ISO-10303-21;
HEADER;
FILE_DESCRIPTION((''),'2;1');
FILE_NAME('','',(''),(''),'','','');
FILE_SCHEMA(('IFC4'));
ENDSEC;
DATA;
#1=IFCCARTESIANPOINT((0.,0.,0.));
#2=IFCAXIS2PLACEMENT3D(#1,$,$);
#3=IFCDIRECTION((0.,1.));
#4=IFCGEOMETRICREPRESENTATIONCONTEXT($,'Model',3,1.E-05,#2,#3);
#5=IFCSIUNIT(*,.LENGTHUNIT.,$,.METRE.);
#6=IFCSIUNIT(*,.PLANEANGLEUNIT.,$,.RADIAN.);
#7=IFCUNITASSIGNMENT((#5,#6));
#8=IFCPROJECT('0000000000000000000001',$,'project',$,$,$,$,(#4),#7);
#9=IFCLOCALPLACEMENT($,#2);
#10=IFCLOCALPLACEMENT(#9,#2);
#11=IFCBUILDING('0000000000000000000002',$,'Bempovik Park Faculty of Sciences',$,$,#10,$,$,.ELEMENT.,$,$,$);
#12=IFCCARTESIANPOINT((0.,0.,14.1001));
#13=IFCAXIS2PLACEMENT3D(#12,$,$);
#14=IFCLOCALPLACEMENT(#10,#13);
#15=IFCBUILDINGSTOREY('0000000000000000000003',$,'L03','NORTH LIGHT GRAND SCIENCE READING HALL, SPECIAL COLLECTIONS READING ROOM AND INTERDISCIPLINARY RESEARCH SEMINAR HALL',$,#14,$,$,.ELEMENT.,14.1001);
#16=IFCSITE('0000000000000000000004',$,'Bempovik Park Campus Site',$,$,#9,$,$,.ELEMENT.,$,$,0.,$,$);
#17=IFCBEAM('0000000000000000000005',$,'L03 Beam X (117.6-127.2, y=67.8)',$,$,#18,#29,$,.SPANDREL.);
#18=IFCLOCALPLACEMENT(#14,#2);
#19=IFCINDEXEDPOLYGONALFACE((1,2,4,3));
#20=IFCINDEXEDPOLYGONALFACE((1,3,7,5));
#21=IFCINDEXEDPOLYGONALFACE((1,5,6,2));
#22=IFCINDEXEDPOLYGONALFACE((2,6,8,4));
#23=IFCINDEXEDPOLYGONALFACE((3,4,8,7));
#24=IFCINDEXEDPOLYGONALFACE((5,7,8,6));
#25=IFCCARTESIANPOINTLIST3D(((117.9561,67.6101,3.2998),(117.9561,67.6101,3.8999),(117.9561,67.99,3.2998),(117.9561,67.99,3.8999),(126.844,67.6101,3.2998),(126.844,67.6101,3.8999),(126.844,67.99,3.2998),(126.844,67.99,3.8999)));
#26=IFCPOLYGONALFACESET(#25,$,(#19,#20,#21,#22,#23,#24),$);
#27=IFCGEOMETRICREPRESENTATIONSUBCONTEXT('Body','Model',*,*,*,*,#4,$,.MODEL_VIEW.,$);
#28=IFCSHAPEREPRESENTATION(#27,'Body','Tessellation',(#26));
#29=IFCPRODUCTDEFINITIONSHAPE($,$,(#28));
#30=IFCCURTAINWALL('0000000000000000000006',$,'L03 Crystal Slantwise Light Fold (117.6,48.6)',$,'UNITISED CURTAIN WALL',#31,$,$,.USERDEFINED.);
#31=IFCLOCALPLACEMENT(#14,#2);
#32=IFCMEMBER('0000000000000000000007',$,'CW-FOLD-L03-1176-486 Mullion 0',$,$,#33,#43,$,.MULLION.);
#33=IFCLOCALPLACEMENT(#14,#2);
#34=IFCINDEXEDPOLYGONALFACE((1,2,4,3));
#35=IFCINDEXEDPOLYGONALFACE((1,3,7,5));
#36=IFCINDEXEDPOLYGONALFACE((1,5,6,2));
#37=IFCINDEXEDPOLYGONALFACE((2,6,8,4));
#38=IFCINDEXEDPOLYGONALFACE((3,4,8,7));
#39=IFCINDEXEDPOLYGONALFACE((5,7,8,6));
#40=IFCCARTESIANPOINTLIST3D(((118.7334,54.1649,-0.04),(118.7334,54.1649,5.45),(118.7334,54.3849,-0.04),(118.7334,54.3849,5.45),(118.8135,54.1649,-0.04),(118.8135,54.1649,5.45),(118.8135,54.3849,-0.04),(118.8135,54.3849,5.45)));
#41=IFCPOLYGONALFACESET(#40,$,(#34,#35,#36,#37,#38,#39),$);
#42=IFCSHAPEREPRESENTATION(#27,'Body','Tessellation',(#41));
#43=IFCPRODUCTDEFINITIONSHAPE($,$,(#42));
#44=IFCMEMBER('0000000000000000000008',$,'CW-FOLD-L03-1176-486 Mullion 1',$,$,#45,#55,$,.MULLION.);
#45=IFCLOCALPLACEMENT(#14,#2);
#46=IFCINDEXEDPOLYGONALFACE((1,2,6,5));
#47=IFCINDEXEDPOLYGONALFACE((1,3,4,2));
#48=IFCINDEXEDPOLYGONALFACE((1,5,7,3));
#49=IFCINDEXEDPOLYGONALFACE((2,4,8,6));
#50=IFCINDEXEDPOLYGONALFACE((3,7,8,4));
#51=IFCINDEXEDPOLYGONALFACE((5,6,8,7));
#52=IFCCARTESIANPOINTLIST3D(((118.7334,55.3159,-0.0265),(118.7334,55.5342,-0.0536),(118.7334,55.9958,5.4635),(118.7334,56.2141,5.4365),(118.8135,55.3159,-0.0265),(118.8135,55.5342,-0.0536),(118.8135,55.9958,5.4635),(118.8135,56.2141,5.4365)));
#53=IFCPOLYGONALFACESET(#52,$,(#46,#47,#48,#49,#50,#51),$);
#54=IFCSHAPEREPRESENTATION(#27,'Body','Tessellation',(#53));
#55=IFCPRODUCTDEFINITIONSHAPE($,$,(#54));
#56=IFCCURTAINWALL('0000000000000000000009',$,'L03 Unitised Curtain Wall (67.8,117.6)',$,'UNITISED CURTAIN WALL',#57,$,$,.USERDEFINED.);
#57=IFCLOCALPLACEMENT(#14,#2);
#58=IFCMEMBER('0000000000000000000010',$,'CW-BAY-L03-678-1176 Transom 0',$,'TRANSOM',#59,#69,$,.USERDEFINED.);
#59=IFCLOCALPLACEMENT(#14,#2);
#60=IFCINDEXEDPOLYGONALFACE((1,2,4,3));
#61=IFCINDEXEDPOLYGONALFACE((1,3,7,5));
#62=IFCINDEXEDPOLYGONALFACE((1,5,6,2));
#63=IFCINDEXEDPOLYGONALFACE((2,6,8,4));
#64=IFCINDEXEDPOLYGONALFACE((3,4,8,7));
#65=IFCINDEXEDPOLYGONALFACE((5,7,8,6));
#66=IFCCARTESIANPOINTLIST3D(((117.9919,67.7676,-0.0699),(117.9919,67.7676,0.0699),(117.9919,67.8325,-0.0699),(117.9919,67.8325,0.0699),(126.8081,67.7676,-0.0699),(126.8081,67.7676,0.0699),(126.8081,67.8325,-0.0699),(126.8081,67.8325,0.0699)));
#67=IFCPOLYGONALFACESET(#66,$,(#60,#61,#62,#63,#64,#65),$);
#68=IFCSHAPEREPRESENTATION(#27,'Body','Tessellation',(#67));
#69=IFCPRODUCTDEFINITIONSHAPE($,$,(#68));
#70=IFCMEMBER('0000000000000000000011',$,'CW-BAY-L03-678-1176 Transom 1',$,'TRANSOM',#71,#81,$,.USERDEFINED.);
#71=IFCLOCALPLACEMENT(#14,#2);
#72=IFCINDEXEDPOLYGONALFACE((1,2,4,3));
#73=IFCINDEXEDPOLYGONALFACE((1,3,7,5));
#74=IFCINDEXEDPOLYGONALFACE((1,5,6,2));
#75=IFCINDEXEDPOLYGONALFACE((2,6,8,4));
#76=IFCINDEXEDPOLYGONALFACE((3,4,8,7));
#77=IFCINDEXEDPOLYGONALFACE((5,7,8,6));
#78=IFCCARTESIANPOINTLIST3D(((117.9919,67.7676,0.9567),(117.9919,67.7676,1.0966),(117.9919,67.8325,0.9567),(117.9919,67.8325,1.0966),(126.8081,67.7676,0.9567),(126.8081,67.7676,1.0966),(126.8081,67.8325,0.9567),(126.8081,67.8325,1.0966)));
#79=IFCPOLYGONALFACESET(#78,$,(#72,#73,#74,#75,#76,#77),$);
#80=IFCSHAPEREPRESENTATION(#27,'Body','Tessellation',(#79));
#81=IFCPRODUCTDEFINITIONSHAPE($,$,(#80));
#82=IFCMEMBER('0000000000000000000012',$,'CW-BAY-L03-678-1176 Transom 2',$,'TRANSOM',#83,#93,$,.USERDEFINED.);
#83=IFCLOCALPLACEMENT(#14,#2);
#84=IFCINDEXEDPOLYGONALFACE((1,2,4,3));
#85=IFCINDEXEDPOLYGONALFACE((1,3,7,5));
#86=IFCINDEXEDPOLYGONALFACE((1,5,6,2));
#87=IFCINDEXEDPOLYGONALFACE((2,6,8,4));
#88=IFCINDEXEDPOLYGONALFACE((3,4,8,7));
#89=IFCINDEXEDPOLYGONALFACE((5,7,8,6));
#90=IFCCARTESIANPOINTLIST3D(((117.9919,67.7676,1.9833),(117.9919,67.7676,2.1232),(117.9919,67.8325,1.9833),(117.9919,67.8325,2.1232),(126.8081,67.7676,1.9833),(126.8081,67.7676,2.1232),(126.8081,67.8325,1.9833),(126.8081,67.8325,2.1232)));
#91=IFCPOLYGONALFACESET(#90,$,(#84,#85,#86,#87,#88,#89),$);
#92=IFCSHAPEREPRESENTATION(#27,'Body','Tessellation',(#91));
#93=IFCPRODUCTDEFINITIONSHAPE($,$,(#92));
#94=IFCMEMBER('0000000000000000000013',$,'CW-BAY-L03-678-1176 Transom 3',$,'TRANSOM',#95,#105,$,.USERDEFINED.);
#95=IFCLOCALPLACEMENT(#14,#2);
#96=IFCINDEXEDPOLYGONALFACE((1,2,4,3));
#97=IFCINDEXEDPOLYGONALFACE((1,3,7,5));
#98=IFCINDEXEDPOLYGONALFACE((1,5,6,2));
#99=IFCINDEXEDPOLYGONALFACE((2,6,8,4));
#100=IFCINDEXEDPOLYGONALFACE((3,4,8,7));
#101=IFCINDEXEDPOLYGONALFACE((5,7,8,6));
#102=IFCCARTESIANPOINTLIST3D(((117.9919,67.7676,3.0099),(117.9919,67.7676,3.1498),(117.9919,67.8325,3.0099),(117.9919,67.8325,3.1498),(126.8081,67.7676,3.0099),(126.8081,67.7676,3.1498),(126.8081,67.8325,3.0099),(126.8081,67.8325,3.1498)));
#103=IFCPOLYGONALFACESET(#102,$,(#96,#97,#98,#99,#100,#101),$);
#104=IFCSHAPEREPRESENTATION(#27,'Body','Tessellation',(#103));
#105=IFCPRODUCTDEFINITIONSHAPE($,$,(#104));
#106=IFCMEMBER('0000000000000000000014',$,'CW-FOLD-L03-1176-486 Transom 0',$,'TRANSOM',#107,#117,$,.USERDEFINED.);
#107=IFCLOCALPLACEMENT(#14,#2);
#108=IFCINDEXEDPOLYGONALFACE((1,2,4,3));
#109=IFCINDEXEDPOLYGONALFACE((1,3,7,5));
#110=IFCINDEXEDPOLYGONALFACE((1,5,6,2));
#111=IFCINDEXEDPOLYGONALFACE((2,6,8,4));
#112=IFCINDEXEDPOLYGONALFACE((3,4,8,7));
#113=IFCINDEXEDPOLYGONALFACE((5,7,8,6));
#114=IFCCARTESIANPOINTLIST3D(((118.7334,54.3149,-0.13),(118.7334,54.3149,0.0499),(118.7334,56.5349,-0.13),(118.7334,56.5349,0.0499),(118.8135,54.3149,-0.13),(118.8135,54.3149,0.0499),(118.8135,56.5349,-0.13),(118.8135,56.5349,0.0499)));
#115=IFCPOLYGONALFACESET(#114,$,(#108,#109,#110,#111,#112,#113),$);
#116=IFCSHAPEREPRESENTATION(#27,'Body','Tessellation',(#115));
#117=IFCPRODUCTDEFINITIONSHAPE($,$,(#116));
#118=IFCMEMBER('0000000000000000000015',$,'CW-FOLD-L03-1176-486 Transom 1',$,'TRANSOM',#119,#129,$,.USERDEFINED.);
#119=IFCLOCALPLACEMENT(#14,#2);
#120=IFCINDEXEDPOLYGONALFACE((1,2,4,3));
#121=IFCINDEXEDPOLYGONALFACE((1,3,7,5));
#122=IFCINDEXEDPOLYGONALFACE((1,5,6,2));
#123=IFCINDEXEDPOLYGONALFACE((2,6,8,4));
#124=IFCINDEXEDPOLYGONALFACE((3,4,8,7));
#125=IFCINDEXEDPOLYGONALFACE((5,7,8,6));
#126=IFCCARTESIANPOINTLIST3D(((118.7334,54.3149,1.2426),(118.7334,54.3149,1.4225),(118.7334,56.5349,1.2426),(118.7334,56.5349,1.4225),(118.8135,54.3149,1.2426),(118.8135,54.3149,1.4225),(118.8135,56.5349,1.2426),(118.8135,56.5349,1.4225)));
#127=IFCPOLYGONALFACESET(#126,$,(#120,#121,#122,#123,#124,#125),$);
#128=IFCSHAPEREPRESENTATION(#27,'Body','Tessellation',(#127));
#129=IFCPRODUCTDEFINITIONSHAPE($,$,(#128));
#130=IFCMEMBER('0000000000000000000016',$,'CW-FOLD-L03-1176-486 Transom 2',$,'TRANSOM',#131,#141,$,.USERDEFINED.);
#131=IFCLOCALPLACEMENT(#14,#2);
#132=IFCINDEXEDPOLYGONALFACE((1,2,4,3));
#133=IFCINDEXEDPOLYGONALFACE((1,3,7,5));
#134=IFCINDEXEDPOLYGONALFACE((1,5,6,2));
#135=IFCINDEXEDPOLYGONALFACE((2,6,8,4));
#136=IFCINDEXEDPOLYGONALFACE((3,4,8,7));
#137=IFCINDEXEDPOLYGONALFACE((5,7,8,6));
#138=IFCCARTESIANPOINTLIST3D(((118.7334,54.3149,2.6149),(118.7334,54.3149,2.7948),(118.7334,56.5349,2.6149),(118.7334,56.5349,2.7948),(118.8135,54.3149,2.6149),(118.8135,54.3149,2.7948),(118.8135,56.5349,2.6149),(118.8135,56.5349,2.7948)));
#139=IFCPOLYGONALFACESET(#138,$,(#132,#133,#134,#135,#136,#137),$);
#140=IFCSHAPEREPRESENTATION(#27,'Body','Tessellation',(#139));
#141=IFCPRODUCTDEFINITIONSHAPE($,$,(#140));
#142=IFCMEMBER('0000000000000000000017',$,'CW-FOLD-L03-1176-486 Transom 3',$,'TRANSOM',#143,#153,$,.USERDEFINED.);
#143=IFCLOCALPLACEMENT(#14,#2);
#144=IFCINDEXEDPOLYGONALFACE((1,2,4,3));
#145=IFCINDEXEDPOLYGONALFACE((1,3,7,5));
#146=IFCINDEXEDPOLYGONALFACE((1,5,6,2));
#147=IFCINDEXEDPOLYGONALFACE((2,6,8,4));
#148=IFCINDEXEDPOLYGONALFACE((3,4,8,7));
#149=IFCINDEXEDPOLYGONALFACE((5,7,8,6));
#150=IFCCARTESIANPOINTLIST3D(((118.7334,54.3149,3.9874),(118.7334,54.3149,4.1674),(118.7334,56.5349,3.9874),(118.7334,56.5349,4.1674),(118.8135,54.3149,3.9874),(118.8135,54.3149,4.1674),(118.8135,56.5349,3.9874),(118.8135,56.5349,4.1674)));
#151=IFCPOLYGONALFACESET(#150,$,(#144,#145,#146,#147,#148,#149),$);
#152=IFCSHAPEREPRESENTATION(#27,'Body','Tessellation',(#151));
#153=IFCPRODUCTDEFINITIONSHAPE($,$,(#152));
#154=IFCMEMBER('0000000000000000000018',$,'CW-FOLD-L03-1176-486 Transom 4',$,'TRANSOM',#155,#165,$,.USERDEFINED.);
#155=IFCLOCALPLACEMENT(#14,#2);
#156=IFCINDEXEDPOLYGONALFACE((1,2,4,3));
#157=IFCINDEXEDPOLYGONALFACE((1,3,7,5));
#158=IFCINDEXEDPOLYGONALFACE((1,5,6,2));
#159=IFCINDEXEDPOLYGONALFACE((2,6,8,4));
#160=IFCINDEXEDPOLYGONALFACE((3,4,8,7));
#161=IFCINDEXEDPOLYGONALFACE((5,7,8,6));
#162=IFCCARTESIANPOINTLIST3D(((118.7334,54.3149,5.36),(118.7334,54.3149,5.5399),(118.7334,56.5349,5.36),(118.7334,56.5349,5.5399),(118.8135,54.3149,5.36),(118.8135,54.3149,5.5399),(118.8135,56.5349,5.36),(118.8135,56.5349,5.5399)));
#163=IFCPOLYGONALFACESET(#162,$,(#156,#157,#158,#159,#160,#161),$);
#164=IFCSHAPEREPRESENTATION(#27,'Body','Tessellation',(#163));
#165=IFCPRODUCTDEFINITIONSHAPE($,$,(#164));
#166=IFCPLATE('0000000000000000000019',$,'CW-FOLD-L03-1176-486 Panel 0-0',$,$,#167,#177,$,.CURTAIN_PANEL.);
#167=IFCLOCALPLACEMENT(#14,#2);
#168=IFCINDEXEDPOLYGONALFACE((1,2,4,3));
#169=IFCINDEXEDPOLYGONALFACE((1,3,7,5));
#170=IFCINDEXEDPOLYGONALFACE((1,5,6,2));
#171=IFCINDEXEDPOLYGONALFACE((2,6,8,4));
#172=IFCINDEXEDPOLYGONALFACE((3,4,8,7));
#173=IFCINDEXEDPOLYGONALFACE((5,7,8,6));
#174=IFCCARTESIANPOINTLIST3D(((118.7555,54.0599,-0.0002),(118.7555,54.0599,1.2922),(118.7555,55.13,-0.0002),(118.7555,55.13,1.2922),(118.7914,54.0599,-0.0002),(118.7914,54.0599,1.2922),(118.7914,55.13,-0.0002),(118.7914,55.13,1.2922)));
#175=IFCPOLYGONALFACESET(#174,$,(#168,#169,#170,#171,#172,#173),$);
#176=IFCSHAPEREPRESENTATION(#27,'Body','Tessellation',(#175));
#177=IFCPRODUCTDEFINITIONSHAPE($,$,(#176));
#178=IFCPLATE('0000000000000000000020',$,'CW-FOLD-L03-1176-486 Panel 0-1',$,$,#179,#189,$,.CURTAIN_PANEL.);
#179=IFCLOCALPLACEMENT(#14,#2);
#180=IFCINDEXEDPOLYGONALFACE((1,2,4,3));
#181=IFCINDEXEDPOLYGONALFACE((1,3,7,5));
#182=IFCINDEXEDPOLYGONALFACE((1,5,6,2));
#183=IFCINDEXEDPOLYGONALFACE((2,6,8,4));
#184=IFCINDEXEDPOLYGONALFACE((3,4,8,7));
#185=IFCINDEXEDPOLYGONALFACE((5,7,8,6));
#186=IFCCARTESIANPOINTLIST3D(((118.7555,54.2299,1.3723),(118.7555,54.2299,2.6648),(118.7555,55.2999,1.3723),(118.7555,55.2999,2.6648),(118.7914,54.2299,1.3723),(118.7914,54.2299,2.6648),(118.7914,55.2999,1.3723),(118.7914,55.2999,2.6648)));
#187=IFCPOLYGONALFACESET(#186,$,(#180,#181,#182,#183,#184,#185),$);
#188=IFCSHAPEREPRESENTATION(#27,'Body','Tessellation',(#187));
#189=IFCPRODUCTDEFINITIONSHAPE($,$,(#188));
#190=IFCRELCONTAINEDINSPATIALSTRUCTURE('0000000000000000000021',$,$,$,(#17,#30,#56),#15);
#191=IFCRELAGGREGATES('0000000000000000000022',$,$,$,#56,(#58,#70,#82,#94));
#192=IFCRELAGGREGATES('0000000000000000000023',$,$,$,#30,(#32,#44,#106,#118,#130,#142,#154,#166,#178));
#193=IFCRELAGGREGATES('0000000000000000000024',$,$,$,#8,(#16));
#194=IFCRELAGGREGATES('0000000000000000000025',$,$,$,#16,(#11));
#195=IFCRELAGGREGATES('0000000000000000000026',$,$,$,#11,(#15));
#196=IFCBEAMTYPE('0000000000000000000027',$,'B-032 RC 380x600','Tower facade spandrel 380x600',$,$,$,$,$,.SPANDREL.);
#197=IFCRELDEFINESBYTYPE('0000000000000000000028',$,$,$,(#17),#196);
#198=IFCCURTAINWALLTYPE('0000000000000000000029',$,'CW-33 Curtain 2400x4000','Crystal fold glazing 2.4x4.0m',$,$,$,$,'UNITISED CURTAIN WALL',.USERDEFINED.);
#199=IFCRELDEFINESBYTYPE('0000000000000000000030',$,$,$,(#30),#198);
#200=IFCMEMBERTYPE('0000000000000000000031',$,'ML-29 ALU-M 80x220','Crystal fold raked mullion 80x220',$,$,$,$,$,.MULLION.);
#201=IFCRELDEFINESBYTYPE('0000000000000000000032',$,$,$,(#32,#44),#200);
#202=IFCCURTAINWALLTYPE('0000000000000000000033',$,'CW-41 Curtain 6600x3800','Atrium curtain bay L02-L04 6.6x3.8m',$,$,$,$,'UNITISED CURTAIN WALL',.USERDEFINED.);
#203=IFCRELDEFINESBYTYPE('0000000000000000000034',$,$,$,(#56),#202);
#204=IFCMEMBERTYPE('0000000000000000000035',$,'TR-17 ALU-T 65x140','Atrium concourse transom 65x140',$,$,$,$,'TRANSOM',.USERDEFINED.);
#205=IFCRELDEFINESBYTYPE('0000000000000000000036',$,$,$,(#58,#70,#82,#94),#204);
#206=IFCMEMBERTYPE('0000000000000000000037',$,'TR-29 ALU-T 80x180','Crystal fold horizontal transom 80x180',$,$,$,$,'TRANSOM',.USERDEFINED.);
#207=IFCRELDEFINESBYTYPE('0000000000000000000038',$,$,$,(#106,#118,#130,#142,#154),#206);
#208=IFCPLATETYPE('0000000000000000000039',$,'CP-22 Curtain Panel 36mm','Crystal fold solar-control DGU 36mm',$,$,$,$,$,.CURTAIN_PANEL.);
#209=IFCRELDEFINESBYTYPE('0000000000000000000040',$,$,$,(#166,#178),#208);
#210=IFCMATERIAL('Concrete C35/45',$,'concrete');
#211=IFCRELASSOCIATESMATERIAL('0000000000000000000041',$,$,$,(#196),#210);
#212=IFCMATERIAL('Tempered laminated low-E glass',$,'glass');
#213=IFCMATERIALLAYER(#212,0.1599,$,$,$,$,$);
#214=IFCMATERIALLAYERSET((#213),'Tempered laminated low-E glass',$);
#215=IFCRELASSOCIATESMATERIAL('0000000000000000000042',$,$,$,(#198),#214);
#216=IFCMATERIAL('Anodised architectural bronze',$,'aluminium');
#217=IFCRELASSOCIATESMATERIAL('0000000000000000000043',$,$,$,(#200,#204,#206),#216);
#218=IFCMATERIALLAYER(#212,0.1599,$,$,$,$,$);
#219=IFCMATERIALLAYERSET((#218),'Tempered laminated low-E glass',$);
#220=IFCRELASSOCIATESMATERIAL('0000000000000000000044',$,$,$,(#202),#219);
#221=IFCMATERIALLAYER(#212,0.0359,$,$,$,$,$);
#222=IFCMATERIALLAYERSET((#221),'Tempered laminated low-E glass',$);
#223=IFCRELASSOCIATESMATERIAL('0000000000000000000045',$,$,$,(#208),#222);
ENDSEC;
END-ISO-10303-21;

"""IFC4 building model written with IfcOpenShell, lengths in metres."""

from ifc_helpers import new_model, si_unit, direction, frame, origin, origin_2d, place, context, subcontext, project, spatial, rectangle, extrude, material, layer, layer_set, material_profile, profile_set, type_object, element, aggregate, save


model = new_model("IFC4")

# Units and contexts
model_context = context("Model", 3, precision=1e-05, world=origin(), true_north=direction((0.0, 1.0)))
body_context = subcontext(model_context, "Body", "Model", "MODEL_VIEW")
ifc_project = project(units=[si_unit("LENGTHUNIT", "METRE"), si_unit("PLANEANGLEUNIT", "RADIAN")], contexts=[model_context])

# Site, building, storey
site_placement = place(None, origin())
site = spatial("IfcSite", under=ifc_project, at=site_placement, Name="Bempovik Park Campus Site", CompositionType="ELEMENT", RefElevation=0.0)
building_placement = place(site_placement, origin())
building = spatial("IfcBuilding", under=site, at=building_placement, Name="Bempovik Park Faculty of Sciences", CompositionType="ELEMENT")
storey_placement = place(building_placement, frame((0.0, 0.0, 14.1001)))
storey = spatial("IfcBuildingStorey", under=building, at=storey_placement, Name="L03", Description="NORTH LIGHT GRAND SCIENCE READING HALL, SPECIAL COLLECTIONS READING ROOM AND INTERDISCIPLINARY RESEARCH SEMINAR HALL", CompositionType="ELEMENT", Elevation=14.1001)

# Beam
ifc_material_1 = material(Name="Concrete C35/45", Category="concrete")
ifc_material_profile_1 = material_profile(ifc_material_1, rectangle(XDim=0.3799, YDim=0.6001, at=origin_2d()), Name="RC 380x600")
ifc_profile_set_1 = profile_set([ifc_material_profile_1], Name="Concrete C35/45")
beam_type = type_object("IfcBeamType", Name="B-032 RC 380x600", Description="Tower facade spandrel 380x600", PredefinedType="SPANDREL", material=ifc_profile_set_1)
beam_placement = place(storey_placement, frame((117.9561, 67.8, 3.5999), z_axis=(1.0, 0.0, 0.0), x_axis=(0.0, 1.0, 0.0)))
element("IfcBeam", 1, at=beam_placement, inside=storey, type_object=beam_type, Name="L03 Beam X (117.6-127.2, y=67.8)", PredefinedType="SPANDREL", context=body_context, shape_type="SweptSolid", body=[
    extrude(rectangle(XDim=0.3799, YDim=0.6001, at=origin_2d()), origin(), (0.0, 0.0, 1.0), 8.8879),
])

# Curtain walls, members
ifc_material_2 = material(Name="Tempered laminated low-E glass", Category="glass")
ifc_layer_1 = layer(ifc_material_2, 0.1599)
ifc_layer_set_1 = layer_set([ifc_layer_1], Name="Tempered laminated low-E glass")
curtain_wall_type_1 = type_object("IfcCurtainWallType", Name="CW-33 Curtain 2400x4000", Description="Crystal fold glazing 2.4x4.0m", ElementType="UNITISED CURTAIN WALL", PredefinedType="USERDEFINED", material=ifc_layer_set_1)
curtain_wall_1_placement = place(storey_placement, origin())
curtain_wall_1 = element("IfcCurtainWall", 2, at=curtain_wall_1_placement, inside=storey, type_object=curtain_wall_type_1, Name="L03 Crystal Slantwise Light Fold (117.6,48.6)", ObjectType="UNITISED CURTAIN WALL", PredefinedType="USERDEFINED")
ifc_material_3 = material(Name="Anodised architectural bronze", Category="aluminium")
ifc_material_profile_2 = material_profile(ifc_material_3, rectangle(XDim=0.0801, YDim=0.22, at=origin_2d()), Name="ALU-M 80x220")
ifc_profile_set_2 = profile_set([ifc_material_profile_2], Name="Anodised architectural bronze")
member_type_1 = type_object("IfcMemberType", Name="ML-29 ALU-M 80x220", Description="Crystal fold raked mullion 80x220", PredefinedType="MULLION", material=ifc_profile_set_2)
member_1_placement = place(storey_placement, frame((118.7734, 54.2749, -0.04), z_axis=(0.0, 0.0, 1.0), x_axis=(1.0, 0.0, 0.0)))
member_1 = element("IfcMember", 3, at=member_1_placement, type_object=member_type_1, Name="CW-FOLD-L03-1176-486 Mullion 0", PredefinedType="MULLION", context=body_context, shape_type="SweptSolid", body=[
    extrude(rectangle(XDim=0.0801, YDim=0.22, at=origin_2d()), origin(), (0.0, 0.0, 1.0), 5.49),
])
member_2_placement = place(storey_placement, frame((118.7734, 55.425, -0.04), z_axis=(0.0, 0.12291, 0.992418), x_axis=(-1.0, 0.0, 0.0)))
member_2 = element("IfcMember", 4, at=member_2_placement, type_object=member_type_1, Name="CW-FOLD-L03-1176-486 Mullion 1", PredefinedType="MULLION", context=body_context, shape_type="SweptSolid", body=[
    extrude(rectangle(XDim=0.0801, YDim=0.22, at=origin_2d()), origin(), (0.0, 0.0, 1.0), 5.532),
])
ifc_layer_2 = layer(ifc_material_2, 0.1599)
ifc_layer_set_2 = layer_set([ifc_layer_2], Name="Tempered laminated low-E glass")
curtain_wall_type_2 = type_object("IfcCurtainWallType", Name="CW-41 Curtain 6600x3800", Description="Atrium curtain bay L02-L04 6.6x3.8m", ElementType="UNITISED CURTAIN WALL", PredefinedType="USERDEFINED", material=ifc_layer_set_2)
curtain_wall_2_placement = place(storey_placement, origin())
curtain_wall_2 = element("IfcCurtainWall", 5, at=curtain_wall_2_placement, inside=storey, type_object=curtain_wall_type_2, Name="L03 Unitised Curtain Wall (67.8,117.6)", ObjectType="UNITISED CURTAIN WALL", PredefinedType="USERDEFINED")
ifc_material_profile_3 = material_profile(ifc_material_3, rectangle(XDim=0.0649, YDim=0.1399, at=origin_2d()), Name="ALU-T 65x140")
ifc_profile_set_3 = profile_set([ifc_material_profile_3], Name="Anodised architectural bronze")
member_type_2 = type_object("IfcMemberType", Name="TR-17 ALU-T 65x140", Description="Atrium concourse transom 65x140", ElementType="TRANSOM", PredefinedType="USERDEFINED", material=ifc_profile_set_3)
member_3_placement = place(storey_placement, frame((117.9919, 67.8, 0.0), z_axis=(1.0, 0.0, 0.0), x_axis=(0.0, 1.0, 0.0)))
member_3 = element("IfcMember", 6, at=member_3_placement, type_object=member_type_2, Name="CW-BAY-L03-678-1176 Transom 0", ObjectType="TRANSOM", PredefinedType="USERDEFINED", context=body_context, shape_type="SweptSolid", body=[
    extrude(rectangle(XDim=0.0649, YDim=0.1399, at=origin_2d()), origin(), (0.0, 0.0, 1.0), 8.8162),
])
member_4_placement = place(storey_placement, frame((117.9919, 67.8, 1.0266), z_axis=(1.0, 0.0, 0.0), x_axis=(0.0, 1.0, 0.0)))
member_4 = element("IfcMember", 7, at=member_4_placement, type_object=member_type_2, Name="CW-BAY-L03-678-1176 Transom 1", ObjectType="TRANSOM", PredefinedType="USERDEFINED", context=body_context, shape_type="SweptSolid", body=[
    extrude(rectangle(XDim=0.0649, YDim=0.1399, at=origin_2d()), origin(), (0.0, 0.0, 1.0), 8.8162),
])
member_5_placement = place(storey_placement, frame((117.9919, 67.8, 2.0532), z_axis=(1.0, 0.0, 0.0), x_axis=(0.0, 1.0, 0.0)))
member_5 = element("IfcMember", 8, at=member_5_placement, type_object=member_type_2, Name="CW-BAY-L03-678-1176 Transom 2", ObjectType="TRANSOM", PredefinedType="USERDEFINED", context=body_context, shape_type="SweptSolid", body=[
    extrude(rectangle(XDim=0.0649, YDim=0.1399, at=origin_2d()), origin(), (0.0, 0.0, 1.0), 8.8162),
])
member_6_placement = place(storey_placement, frame((117.9919, 67.8, 3.0798), z_axis=(1.0, 0.0, 0.0), x_axis=(0.0, 1.0, 0.0)))
member_6 = element("IfcMember", 9, at=member_6_placement, type_object=member_type_2, Name="CW-BAY-L03-678-1176 Transom 3", ObjectType="TRANSOM", PredefinedType="USERDEFINED", context=body_context, shape_type="SweptSolid", body=[
    extrude(rectangle(XDim=0.0649, YDim=0.1399, at=origin_2d()), origin(), (0.0, 0.0, 1.0), 8.8162),
])
aggregate(curtain_wall_2, [member_3, member_4, member_5, member_6])

# Members
ifc_material_profile_4 = material_profile(ifc_material_3, rectangle(XDim=0.0801, YDim=0.1799, at=origin_2d()), Name="ALU-T 80x180")
ifc_profile_set_4 = profile_set([ifc_material_profile_4], Name="Anodised architectural bronze")
member_type_3 = type_object("IfcMemberType", Name="TR-29 ALU-T 80x180", Description="Crystal fold horizontal transom 80x180", ElementType="TRANSOM", PredefinedType="USERDEFINED", material=ifc_profile_set_4)
member_7_placement = place(storey_placement, frame((118.7734, 54.3149, -0.04), z_axis=(0.0, 1.0, 0.0), x_axis=(-1.0, 0.0, 0.0)))
member_7 = element("IfcMember", 10, at=member_7_placement, type_object=member_type_3, Name="CW-FOLD-L03-1176-486 Transom 0", ObjectType="TRANSOM", PredefinedType="USERDEFINED", context=body_context, shape_type="SweptSolid", body=[
    extrude(rectangle(XDim=0.0801, YDim=0.1799, at=origin_2d()), origin(), (0.0, 0.0, 1.0), 2.22),
])
member_8_placement = place(storey_placement, frame((118.7734, 54.3149, 1.3325), z_axis=(0.0, 1.0, 0.0), x_axis=(-1.0, 0.0, 0.0)))
member_8 = element("IfcMember", 11, at=member_8_placement, type_object=member_type_3, Name="CW-FOLD-L03-1176-486 Transom 1", ObjectType="TRANSOM", PredefinedType="USERDEFINED", context=body_context, shape_type="SweptSolid", body=[
    extrude(rectangle(XDim=0.0801, YDim=0.1799, at=origin_2d()), origin(), (0.0, 0.0, 1.0), 2.22),
])
member_9_placement = place(storey_placement, frame((118.7734, 54.3149, 2.7048), z_axis=(0.0, 1.0, 0.0), x_axis=(-1.0, 0.0, 0.0)))
member_9 = element("IfcMember", 12, at=member_9_placement, type_object=member_type_3, Name="CW-FOLD-L03-1176-486 Transom 2", ObjectType="TRANSOM", PredefinedType="USERDEFINED", context=body_context, shape_type="SweptSolid", body=[
    extrude(rectangle(XDim=0.0801, YDim=0.1799, at=origin_2d()), origin(), (0.0, 0.0, 1.0), 2.22),
])
member_10_placement = place(storey_placement, frame((118.7734, 54.3149, 4.0774), z_axis=(0.0, 1.0, 0.0), x_axis=(-1.0, 0.0, 0.0)))
member_10 = element("IfcMember", 13, at=member_10_placement, type_object=member_type_3, Name="CW-FOLD-L03-1176-486 Transom 3", ObjectType="TRANSOM", PredefinedType="USERDEFINED", context=body_context, shape_type="SweptSolid", body=[
    extrude(rectangle(XDim=0.0801, YDim=0.1799, at=origin_2d()), origin(), (0.0, 0.0, 1.0), 2.22),
])
member_11_placement = place(storey_placement, frame((118.7734, 54.3149, 5.45), z_axis=(0.0, 1.0, 0.0), x_axis=(-1.0, 0.0, 0.0)))
member_11 = element("IfcMember", 14, at=member_11_placement, type_object=member_type_3, Name="CW-FOLD-L03-1176-486 Transom 4", ObjectType="TRANSOM", PredefinedType="USERDEFINED", context=body_context, shape_type="SweptSolid", body=[
    extrude(rectangle(XDim=0.0801, YDim=0.1799, at=origin_2d()), origin(), (0.0, 0.0, 1.0), 2.22),
])

# Plates
ifc_layer_3 = layer(ifc_material_2, 0.0359)
ifc_layer_set_3 = layer_set([ifc_layer_3], Name="Tempered laminated low-E glass")
plate_type = type_object("IfcPlateType", Name="CP-22 Curtain Panel 36mm", Description="Crystal fold solar-control DGU 36mm", PredefinedType="CURTAIN_PANEL", material=ifc_layer_set_3)
plate_1_placement = place(storey_placement, frame((118.7734, 54.595, -0.0002), z_axis=(0.0, 0.0, 1.0), x_axis=(0.0, 1.0, 0.0)))
plate_1 = element("IfcPlate", 15, at=plate_1_placement, type_object=plate_type, Name="CW-FOLD-L03-1176-486 Panel 0-0", PredefinedType="CURTAIN_PANEL", context=body_context, shape_type="SweptSolid", body=[
    extrude(rectangle(XDim=1.0701, YDim=0.0359, at=origin_2d()), origin(), (0.0, 0.0, 1.0), 1.2925),
])
plate_2_placement = place(storey_placement, frame((118.7734, 54.7649, 1.3723), z_axis=(0.0, 0.0, 1.0), x_axis=(0.0, 1.0, 0.0)))
plate_2 = element("IfcPlate", 16, at=plate_2_placement, type_object=plate_type, Name="CW-FOLD-L03-1176-486 Panel 0-1", PredefinedType="CURTAIN_PANEL", context=body_context, shape_type="SweptSolid", body=[
    extrude(rectangle(XDim=1.0701, YDim=0.0359, at=origin_2d()), origin(), (0.0, 0.0, 1.0), 1.2925),
])
aggregate(curtain_wall_1, [member_1, member_2, member_7, member_8, member_9, member_10, member_11, plate_1, plate_2])

save(model, "model.ifc")
